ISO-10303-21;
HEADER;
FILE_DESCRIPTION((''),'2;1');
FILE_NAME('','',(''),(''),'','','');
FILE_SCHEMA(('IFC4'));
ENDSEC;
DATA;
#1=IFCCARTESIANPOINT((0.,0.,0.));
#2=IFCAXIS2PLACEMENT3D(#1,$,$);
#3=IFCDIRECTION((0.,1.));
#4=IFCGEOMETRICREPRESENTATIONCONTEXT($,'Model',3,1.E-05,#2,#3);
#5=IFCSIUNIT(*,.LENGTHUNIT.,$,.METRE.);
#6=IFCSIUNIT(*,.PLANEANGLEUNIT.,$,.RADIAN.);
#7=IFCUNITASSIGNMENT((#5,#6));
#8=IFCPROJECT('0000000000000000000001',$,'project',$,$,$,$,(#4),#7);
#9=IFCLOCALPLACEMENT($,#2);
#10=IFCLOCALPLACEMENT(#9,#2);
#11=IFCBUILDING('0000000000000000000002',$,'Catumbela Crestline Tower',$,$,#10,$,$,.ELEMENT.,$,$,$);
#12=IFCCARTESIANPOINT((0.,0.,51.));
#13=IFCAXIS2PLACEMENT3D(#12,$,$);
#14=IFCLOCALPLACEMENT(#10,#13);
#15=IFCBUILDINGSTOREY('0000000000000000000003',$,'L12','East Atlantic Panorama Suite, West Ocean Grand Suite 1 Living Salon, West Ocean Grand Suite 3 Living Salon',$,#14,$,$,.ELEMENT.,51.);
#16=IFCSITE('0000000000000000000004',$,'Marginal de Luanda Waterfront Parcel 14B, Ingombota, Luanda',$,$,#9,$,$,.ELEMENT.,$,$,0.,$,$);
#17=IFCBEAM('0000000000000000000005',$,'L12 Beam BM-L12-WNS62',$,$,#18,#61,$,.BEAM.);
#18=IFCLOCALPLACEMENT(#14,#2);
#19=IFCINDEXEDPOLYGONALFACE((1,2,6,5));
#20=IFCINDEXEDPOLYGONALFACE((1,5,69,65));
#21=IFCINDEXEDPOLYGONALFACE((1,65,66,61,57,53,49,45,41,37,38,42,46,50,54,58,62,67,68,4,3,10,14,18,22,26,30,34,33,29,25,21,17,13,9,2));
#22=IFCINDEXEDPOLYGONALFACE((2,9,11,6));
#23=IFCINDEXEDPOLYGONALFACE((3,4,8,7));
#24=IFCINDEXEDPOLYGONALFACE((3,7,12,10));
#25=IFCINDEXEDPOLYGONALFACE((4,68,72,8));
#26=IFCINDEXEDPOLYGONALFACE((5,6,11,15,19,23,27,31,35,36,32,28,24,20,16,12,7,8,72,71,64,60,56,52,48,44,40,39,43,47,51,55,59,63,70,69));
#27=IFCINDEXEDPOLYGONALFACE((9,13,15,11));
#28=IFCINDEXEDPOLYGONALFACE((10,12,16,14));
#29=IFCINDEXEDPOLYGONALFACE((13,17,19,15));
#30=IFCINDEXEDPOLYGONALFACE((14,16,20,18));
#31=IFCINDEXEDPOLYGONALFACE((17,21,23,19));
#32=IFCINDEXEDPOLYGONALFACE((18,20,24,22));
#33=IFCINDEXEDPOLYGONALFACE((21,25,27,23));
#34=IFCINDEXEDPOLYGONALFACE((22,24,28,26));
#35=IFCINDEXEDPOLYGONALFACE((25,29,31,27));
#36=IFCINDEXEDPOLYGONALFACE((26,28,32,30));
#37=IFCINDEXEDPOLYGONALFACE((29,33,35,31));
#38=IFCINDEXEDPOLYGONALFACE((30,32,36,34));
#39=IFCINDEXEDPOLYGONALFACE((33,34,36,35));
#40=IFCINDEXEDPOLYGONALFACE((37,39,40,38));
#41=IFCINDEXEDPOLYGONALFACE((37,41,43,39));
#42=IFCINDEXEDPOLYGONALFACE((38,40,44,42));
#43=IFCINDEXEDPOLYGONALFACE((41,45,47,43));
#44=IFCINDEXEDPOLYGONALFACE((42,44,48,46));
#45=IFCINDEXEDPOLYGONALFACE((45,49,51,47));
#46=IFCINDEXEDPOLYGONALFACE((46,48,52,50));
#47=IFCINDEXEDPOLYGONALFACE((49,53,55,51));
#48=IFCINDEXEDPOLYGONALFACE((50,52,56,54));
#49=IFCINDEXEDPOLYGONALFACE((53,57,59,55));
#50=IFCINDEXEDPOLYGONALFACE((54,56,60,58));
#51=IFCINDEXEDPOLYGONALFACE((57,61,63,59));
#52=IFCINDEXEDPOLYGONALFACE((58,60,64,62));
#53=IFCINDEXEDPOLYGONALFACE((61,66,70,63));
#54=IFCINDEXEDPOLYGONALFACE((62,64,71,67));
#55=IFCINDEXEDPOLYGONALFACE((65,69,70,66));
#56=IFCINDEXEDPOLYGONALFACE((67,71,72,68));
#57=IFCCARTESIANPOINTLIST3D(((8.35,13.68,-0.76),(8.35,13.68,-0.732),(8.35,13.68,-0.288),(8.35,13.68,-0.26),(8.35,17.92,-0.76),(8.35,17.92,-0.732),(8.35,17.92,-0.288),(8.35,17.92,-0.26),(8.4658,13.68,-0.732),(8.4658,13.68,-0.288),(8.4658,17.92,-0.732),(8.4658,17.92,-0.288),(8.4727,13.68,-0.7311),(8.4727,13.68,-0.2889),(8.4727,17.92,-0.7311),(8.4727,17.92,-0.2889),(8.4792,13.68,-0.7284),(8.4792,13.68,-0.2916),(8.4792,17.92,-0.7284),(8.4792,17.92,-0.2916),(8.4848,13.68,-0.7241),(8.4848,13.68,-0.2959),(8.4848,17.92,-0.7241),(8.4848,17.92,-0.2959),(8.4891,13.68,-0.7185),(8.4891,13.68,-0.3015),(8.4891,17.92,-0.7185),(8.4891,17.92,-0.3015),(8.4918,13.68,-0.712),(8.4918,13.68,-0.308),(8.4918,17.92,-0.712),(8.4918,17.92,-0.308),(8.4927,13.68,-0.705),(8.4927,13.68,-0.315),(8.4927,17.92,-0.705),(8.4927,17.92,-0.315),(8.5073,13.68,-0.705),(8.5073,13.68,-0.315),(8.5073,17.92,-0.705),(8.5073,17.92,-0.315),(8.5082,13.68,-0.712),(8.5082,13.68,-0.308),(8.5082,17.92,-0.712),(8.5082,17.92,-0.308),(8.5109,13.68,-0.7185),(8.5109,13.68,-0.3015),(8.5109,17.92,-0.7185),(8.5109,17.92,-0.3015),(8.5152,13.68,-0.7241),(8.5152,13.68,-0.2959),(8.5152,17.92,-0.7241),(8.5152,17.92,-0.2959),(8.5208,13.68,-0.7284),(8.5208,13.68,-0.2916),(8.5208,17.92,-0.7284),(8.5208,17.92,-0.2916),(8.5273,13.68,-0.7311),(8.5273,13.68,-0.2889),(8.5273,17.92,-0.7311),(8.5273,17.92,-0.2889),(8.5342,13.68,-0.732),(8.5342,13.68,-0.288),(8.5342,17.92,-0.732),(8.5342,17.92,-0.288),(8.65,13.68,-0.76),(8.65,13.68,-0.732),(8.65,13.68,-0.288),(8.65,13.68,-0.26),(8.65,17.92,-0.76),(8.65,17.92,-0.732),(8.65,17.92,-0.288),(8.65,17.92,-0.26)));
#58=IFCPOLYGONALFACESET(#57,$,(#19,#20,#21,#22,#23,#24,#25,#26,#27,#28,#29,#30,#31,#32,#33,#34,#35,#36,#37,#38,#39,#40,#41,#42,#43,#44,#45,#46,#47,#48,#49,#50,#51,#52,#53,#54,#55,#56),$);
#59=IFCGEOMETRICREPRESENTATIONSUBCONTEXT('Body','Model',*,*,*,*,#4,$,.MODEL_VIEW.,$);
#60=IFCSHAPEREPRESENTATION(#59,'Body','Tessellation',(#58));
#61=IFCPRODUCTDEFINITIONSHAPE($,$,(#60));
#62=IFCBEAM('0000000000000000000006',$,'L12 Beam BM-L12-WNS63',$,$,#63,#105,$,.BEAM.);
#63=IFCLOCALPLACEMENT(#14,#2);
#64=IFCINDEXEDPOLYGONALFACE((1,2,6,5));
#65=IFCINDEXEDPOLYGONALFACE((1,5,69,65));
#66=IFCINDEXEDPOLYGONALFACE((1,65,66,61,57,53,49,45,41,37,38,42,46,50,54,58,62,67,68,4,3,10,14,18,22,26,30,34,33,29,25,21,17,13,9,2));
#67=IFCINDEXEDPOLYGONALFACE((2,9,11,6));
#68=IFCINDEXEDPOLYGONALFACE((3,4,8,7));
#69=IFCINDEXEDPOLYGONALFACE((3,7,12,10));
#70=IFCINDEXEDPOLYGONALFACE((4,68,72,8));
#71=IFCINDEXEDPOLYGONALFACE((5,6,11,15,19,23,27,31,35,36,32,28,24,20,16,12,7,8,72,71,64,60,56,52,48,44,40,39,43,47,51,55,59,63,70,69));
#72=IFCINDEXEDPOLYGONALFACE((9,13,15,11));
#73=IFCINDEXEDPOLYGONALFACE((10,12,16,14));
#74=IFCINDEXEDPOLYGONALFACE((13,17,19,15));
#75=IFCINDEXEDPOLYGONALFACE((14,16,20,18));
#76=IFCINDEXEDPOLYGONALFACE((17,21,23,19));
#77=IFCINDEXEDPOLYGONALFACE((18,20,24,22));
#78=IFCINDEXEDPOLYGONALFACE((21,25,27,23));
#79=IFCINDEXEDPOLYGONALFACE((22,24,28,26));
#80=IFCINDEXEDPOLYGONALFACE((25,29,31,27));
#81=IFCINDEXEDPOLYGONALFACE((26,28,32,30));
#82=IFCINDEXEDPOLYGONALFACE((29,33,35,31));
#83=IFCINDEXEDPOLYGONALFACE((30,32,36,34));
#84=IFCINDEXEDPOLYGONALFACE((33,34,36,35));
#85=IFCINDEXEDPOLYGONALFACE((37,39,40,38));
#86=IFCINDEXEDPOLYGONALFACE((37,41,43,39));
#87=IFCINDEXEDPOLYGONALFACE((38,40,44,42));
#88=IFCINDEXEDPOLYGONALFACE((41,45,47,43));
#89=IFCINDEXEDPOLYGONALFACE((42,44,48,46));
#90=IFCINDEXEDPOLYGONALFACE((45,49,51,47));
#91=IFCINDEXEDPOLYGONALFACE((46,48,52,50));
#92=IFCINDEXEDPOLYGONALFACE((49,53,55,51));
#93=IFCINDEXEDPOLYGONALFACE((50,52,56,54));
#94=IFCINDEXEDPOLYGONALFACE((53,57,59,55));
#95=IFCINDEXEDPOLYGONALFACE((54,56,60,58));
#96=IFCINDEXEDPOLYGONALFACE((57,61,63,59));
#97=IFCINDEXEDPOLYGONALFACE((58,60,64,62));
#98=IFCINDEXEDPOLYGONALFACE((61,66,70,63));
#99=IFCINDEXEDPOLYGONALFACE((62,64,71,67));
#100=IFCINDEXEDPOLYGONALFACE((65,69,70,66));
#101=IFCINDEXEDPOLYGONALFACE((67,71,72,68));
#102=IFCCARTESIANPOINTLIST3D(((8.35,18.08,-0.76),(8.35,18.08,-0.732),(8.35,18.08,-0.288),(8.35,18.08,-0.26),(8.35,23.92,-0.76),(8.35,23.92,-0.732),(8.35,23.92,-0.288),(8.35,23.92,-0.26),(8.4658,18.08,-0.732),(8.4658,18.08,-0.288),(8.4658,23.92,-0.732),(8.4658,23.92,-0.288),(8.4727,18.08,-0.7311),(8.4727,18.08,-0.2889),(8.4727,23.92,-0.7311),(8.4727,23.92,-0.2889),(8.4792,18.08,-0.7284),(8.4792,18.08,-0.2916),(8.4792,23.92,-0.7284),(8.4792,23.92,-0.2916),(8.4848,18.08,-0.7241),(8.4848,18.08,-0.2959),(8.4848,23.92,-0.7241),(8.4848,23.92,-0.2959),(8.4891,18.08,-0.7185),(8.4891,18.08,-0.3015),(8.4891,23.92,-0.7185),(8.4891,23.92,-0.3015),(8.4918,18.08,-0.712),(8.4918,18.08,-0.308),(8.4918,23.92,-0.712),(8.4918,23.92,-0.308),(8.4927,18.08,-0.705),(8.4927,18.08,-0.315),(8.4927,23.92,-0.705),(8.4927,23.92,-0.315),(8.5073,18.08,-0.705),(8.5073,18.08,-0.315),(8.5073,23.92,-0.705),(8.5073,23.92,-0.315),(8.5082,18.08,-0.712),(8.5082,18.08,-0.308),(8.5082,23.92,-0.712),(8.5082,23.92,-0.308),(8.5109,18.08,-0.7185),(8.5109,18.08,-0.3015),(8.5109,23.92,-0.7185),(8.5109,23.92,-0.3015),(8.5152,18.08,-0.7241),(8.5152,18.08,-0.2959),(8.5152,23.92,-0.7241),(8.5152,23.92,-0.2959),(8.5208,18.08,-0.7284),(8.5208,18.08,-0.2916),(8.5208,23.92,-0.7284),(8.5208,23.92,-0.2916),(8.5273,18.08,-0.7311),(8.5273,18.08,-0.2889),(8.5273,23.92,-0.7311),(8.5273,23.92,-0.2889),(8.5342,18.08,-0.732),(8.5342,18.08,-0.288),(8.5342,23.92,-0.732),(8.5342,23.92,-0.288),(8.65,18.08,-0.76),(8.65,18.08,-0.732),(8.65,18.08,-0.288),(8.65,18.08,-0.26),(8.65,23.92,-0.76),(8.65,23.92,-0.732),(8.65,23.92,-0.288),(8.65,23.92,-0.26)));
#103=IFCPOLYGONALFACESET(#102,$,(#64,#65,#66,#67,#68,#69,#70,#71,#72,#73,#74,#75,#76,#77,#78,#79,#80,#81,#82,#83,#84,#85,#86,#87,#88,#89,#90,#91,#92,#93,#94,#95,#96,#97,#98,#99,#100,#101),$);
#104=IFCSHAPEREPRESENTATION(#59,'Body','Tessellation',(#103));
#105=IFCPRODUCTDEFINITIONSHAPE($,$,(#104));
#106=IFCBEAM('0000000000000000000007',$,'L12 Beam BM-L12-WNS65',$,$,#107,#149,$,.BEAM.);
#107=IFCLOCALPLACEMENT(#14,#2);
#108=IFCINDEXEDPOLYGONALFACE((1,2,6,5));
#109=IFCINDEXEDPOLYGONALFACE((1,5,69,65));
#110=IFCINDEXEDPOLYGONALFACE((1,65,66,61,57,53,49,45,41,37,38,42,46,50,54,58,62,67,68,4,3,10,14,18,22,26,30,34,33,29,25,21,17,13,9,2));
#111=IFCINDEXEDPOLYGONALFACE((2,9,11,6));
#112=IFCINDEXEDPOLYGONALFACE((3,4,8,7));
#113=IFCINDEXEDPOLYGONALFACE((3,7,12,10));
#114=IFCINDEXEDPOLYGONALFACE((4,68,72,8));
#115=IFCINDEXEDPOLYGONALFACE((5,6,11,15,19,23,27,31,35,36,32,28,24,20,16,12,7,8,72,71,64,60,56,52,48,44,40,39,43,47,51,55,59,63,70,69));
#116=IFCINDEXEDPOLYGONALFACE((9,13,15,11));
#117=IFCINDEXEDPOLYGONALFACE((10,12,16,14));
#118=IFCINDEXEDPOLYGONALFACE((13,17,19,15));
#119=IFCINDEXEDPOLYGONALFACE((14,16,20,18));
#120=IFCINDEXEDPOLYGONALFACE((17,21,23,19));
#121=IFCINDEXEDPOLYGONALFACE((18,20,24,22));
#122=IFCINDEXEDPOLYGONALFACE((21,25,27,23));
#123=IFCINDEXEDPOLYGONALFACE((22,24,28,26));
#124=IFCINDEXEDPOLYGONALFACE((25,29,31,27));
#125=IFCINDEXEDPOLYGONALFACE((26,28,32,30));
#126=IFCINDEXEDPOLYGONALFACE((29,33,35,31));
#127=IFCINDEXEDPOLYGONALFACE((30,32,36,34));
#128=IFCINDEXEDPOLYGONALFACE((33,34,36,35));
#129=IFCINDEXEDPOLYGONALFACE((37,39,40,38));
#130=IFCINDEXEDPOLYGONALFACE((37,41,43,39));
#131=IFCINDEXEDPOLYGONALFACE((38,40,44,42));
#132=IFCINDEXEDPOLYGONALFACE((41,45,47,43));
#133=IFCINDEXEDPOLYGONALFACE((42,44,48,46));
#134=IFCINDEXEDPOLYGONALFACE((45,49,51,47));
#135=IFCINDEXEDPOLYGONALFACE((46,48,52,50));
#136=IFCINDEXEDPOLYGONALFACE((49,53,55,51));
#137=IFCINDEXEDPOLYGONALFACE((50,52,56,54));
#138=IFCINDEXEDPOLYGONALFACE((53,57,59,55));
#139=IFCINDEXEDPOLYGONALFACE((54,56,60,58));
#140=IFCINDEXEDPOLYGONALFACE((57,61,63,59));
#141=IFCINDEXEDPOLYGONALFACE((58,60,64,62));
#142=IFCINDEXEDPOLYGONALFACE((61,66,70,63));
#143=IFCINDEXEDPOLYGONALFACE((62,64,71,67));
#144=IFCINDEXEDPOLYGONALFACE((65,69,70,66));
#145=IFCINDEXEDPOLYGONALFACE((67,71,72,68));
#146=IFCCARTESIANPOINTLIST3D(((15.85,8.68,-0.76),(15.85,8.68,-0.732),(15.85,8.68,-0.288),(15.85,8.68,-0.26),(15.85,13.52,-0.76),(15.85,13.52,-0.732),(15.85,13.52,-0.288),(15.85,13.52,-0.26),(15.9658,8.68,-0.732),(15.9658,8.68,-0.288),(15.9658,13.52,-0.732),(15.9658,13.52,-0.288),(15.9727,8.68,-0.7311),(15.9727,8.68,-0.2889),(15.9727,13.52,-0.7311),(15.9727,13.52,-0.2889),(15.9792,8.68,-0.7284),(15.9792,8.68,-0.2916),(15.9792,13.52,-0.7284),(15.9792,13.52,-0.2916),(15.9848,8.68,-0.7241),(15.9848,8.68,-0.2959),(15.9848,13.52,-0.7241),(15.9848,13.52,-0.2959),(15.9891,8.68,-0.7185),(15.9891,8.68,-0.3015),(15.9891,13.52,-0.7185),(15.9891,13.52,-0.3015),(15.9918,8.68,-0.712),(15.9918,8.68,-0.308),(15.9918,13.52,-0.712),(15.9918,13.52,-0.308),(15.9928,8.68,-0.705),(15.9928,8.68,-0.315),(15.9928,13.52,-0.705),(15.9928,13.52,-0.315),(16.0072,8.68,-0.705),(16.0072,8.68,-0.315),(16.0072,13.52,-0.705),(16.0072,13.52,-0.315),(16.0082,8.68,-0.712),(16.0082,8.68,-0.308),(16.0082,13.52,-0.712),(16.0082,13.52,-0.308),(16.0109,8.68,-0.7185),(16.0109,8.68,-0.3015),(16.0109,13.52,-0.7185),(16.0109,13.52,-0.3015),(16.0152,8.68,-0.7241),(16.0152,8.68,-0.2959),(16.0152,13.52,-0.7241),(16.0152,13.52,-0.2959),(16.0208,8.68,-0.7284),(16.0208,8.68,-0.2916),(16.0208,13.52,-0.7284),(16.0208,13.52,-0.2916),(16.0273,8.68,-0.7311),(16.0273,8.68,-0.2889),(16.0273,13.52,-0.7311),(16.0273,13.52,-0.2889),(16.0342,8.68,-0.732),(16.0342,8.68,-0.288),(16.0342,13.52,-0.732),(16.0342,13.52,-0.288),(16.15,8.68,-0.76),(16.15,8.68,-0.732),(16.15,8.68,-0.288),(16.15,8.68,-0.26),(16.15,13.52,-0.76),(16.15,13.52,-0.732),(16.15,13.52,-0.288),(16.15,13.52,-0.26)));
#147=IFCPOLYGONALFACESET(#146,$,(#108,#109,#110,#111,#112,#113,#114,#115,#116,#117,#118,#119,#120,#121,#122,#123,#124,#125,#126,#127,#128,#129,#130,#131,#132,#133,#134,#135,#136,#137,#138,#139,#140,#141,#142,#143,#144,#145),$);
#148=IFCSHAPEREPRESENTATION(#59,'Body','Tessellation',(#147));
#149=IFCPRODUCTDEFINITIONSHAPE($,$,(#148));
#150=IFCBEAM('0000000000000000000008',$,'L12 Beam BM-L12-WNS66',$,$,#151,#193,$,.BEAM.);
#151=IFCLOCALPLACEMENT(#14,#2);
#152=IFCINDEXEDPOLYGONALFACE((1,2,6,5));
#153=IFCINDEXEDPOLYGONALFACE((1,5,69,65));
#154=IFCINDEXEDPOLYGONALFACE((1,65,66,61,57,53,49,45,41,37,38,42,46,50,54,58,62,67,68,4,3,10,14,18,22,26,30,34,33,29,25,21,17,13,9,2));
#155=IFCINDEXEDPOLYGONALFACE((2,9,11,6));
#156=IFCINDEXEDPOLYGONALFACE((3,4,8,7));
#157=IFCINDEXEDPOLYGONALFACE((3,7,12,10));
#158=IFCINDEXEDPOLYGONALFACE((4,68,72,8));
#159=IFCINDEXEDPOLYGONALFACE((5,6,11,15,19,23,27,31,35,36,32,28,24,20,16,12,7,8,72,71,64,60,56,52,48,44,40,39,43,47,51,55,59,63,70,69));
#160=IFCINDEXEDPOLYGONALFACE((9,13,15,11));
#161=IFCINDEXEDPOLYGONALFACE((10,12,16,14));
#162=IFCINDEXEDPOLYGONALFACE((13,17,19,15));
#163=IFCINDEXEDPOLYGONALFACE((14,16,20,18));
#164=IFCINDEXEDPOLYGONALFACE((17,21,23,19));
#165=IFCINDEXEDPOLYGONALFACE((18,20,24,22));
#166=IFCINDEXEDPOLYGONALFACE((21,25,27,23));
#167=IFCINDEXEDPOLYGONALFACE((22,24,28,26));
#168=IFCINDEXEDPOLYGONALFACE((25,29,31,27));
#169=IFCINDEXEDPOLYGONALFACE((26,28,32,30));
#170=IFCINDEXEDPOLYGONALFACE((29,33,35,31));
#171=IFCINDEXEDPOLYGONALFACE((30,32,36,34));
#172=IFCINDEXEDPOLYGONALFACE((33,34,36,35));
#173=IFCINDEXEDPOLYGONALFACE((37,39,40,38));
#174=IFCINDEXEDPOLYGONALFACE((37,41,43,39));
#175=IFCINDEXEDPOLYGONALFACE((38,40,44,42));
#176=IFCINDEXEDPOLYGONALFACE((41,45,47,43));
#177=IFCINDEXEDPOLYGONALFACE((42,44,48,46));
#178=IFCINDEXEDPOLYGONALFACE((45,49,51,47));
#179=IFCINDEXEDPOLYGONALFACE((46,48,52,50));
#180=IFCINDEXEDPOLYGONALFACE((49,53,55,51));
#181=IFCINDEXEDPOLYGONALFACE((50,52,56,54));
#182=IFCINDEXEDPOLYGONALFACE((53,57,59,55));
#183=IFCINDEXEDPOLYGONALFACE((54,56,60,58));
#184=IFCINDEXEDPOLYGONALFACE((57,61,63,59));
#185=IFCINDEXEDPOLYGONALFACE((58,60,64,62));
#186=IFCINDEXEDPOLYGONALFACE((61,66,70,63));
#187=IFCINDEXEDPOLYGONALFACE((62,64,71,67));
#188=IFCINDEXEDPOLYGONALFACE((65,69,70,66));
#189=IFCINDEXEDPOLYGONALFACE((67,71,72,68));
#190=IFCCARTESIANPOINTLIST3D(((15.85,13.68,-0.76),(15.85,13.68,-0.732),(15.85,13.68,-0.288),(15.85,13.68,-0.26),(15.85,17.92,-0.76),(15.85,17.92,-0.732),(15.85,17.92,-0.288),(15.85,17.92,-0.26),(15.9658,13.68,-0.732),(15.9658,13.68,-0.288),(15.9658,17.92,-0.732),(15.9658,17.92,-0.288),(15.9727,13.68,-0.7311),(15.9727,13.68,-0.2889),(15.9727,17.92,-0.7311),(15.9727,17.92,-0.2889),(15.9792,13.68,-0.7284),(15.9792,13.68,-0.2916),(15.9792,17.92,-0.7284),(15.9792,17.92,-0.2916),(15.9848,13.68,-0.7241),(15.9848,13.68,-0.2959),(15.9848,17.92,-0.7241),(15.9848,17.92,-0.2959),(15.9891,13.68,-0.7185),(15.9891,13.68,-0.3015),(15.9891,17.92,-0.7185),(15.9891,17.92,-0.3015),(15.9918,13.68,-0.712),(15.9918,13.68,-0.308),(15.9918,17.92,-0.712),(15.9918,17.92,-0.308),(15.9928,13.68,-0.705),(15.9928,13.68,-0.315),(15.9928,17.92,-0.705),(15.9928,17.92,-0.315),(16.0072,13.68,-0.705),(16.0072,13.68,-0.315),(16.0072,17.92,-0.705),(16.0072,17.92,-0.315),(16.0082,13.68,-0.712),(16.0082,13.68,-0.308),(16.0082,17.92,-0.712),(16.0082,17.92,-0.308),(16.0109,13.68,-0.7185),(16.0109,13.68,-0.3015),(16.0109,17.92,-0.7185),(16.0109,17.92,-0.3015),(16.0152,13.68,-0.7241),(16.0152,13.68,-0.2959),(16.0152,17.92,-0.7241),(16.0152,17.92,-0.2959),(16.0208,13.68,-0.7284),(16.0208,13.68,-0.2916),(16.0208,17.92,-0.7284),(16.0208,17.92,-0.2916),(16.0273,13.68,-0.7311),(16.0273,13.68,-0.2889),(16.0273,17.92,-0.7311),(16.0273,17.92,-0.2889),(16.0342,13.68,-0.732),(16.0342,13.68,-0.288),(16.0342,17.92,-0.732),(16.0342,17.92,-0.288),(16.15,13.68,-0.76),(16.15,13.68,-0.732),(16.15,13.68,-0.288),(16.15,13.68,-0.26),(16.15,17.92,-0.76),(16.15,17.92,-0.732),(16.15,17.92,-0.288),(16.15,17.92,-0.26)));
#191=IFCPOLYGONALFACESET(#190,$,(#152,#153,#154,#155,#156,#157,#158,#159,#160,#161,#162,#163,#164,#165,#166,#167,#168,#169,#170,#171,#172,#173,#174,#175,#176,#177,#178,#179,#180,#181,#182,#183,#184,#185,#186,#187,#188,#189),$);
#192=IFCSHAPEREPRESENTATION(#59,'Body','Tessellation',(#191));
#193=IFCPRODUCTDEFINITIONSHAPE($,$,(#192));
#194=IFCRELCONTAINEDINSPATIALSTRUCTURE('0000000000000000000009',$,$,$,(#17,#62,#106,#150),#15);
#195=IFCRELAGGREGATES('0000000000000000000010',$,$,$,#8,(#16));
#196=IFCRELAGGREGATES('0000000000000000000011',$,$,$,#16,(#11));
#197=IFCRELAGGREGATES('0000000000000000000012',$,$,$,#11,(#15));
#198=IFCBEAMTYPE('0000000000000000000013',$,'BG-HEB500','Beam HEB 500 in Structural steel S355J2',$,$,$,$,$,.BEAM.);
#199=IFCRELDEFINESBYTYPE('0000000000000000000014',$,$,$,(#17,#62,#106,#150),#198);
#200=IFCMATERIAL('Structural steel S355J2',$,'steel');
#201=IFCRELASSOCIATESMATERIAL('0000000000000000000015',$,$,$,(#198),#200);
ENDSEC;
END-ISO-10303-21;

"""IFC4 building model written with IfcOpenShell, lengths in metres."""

from ifc_helpers import new_model, si_unit, direction, frame, origin, origin_2d, place, context, subcontext, project, spatial, i_section, extrude, material, material_profile, profile_set, type_object, element, save


model = new_model("IFC4")

# Units and contexts
model_context = context("Model", 3, precision=1e-05, world=origin(), true_north=direction((0.0, 1.0)))
body_context = subcontext(model_context, "Body", "Model", "MODEL_VIEW")
ifc_project = project(units=[si_unit("LENGTHUNIT", "METRE"), si_unit("PLANEANGLEUNIT", "RADIAN")], contexts=[model_context])

# Site, building, storey
site_placement = place(None, origin())
site = spatial("IfcSite", under=ifc_project, at=site_placement, Name="Marginal de Luanda Waterfront Parcel 14B, Ingombota, Luanda", CompositionType="ELEMENT", RefElevation=0.0)
building_placement = place(site_placement, origin())
building = spatial("IfcBuilding", under=site, at=building_placement, Name="Catumbela Crestline Tower", CompositionType="ELEMENT")
storey_placement = place(building_placement, frame((0.0, 0.0, 51.0)))
storey = spatial("IfcBuildingStorey", under=building, at=storey_placement, Name="L12", Description="East Atlantic Panorama Suite, West Ocean Grand Suite 1 Living Salon, West Ocean Grand Suite 3 Living Salon", CompositionType="ELEMENT", Elevation=51.0)

# Beams
ifc_material_1 = material(Name="Structural steel S355J2", Category="steel")
ifc_material_profile_1 = material_profile(ifc_material_1, i_section(OverallWidth=0.3, OverallDepth=0.5, WebThickness=0.0145, FlangeThickness=0.028, FilletRadius=0.027, at=origin_2d()), Name="HEB 500")
ifc_profile_set_1 = profile_set([ifc_material_profile_1], Name="Structural steel S355J2")
beam_type_1 = type_object("IfcBeamType", Name="BG-HEB500", Description="Beam HEB 500 in Structural steel S355J2", PredefinedType="BEAM", material=ifc_profile_set_1)
beam_1_placement = place(storey_placement, frame((8.5, 13.68, -0.51), z_axis=(0.0, 1.0, 0.0), x_axis=(-1.0, 0.0, 0.0)))
element("IfcBeam", 1, at=beam_1_placement, inside=storey, type_object=beam_type_1, Name="L12 Beam BM-L12-WNS62", PredefinedType="BEAM", context=body_context, shape_type="SweptSolid", body=[
    extrude(i_section(OverallWidth=0.3, OverallDepth=0.5, WebThickness=0.0145, FlangeThickness=0.028, FilletRadius=0.027, at=origin_2d()), origin(), (0.0, 0.0, 1.0), 4.24),
])
beam_2_placement = place(storey_placement, frame((8.5, 18.08, -0.51), z_axis=(0.0, 1.0, 0.0), x_axis=(-1.0, 0.0, 0.0)))
element("IfcBeam", 2, at=beam_2_placement, inside=storey, type_object=beam_type_1, Name="L12 Beam BM-L12-WNS63", PredefinedType="BEAM", context=body_context, shape_type="SweptSolid", body=[
    extrude(i_section(OverallWidth=0.3, OverallDepth=0.5, WebThickness=0.0145, FlangeThickness=0.028, FilletRadius=0.027, at=origin_2d()), origin(), (0.0, 0.0, 1.0), 5.84),
])
beam_3_placement = place(storey_placement, frame((16.0, 8.68, -0.51), z_axis=(0.0, 1.0, 0.0), x_axis=(-1.0, 0.0, 0.0)))
element("IfcBeam", 3, at=beam_3_placement, inside=storey, type_object=beam_type_1, Name="L12 Beam BM-L12-WNS65", PredefinedType="BEAM", context=body_context, shape_type="SweptSolid", body=[
    extrude(i_section(OverallWidth=0.3, OverallDepth=0.5, WebThickness=0.0145, FlangeThickness=0.028, FilletRadius=0.027, at=origin_2d()), origin(), (0.0, 0.0, 1.0), 4.84),
])
beam_4_placement = place(storey_placement, frame((16.0, 13.68, -0.51), z_axis=(0.0, 1.0, 0.0), x_axis=(-1.0, 0.0, 0.0)))
element("IfcBeam", 4, at=beam_4_placement, inside=storey, type_object=beam_type_1, Name="L12 Beam BM-L12-WNS66", PredefinedType="BEAM", context=body_context, shape_type="SweptSolid", body=[
    extrude(i_section(OverallWidth=0.3, OverallDepth=0.5, WebThickness=0.0145, FlangeThickness=0.028, FilletRadius=0.027, at=origin_2d()), origin(), (0.0, 0.0, 1.0), 4.24),
])

save(model, "model.ifc")
